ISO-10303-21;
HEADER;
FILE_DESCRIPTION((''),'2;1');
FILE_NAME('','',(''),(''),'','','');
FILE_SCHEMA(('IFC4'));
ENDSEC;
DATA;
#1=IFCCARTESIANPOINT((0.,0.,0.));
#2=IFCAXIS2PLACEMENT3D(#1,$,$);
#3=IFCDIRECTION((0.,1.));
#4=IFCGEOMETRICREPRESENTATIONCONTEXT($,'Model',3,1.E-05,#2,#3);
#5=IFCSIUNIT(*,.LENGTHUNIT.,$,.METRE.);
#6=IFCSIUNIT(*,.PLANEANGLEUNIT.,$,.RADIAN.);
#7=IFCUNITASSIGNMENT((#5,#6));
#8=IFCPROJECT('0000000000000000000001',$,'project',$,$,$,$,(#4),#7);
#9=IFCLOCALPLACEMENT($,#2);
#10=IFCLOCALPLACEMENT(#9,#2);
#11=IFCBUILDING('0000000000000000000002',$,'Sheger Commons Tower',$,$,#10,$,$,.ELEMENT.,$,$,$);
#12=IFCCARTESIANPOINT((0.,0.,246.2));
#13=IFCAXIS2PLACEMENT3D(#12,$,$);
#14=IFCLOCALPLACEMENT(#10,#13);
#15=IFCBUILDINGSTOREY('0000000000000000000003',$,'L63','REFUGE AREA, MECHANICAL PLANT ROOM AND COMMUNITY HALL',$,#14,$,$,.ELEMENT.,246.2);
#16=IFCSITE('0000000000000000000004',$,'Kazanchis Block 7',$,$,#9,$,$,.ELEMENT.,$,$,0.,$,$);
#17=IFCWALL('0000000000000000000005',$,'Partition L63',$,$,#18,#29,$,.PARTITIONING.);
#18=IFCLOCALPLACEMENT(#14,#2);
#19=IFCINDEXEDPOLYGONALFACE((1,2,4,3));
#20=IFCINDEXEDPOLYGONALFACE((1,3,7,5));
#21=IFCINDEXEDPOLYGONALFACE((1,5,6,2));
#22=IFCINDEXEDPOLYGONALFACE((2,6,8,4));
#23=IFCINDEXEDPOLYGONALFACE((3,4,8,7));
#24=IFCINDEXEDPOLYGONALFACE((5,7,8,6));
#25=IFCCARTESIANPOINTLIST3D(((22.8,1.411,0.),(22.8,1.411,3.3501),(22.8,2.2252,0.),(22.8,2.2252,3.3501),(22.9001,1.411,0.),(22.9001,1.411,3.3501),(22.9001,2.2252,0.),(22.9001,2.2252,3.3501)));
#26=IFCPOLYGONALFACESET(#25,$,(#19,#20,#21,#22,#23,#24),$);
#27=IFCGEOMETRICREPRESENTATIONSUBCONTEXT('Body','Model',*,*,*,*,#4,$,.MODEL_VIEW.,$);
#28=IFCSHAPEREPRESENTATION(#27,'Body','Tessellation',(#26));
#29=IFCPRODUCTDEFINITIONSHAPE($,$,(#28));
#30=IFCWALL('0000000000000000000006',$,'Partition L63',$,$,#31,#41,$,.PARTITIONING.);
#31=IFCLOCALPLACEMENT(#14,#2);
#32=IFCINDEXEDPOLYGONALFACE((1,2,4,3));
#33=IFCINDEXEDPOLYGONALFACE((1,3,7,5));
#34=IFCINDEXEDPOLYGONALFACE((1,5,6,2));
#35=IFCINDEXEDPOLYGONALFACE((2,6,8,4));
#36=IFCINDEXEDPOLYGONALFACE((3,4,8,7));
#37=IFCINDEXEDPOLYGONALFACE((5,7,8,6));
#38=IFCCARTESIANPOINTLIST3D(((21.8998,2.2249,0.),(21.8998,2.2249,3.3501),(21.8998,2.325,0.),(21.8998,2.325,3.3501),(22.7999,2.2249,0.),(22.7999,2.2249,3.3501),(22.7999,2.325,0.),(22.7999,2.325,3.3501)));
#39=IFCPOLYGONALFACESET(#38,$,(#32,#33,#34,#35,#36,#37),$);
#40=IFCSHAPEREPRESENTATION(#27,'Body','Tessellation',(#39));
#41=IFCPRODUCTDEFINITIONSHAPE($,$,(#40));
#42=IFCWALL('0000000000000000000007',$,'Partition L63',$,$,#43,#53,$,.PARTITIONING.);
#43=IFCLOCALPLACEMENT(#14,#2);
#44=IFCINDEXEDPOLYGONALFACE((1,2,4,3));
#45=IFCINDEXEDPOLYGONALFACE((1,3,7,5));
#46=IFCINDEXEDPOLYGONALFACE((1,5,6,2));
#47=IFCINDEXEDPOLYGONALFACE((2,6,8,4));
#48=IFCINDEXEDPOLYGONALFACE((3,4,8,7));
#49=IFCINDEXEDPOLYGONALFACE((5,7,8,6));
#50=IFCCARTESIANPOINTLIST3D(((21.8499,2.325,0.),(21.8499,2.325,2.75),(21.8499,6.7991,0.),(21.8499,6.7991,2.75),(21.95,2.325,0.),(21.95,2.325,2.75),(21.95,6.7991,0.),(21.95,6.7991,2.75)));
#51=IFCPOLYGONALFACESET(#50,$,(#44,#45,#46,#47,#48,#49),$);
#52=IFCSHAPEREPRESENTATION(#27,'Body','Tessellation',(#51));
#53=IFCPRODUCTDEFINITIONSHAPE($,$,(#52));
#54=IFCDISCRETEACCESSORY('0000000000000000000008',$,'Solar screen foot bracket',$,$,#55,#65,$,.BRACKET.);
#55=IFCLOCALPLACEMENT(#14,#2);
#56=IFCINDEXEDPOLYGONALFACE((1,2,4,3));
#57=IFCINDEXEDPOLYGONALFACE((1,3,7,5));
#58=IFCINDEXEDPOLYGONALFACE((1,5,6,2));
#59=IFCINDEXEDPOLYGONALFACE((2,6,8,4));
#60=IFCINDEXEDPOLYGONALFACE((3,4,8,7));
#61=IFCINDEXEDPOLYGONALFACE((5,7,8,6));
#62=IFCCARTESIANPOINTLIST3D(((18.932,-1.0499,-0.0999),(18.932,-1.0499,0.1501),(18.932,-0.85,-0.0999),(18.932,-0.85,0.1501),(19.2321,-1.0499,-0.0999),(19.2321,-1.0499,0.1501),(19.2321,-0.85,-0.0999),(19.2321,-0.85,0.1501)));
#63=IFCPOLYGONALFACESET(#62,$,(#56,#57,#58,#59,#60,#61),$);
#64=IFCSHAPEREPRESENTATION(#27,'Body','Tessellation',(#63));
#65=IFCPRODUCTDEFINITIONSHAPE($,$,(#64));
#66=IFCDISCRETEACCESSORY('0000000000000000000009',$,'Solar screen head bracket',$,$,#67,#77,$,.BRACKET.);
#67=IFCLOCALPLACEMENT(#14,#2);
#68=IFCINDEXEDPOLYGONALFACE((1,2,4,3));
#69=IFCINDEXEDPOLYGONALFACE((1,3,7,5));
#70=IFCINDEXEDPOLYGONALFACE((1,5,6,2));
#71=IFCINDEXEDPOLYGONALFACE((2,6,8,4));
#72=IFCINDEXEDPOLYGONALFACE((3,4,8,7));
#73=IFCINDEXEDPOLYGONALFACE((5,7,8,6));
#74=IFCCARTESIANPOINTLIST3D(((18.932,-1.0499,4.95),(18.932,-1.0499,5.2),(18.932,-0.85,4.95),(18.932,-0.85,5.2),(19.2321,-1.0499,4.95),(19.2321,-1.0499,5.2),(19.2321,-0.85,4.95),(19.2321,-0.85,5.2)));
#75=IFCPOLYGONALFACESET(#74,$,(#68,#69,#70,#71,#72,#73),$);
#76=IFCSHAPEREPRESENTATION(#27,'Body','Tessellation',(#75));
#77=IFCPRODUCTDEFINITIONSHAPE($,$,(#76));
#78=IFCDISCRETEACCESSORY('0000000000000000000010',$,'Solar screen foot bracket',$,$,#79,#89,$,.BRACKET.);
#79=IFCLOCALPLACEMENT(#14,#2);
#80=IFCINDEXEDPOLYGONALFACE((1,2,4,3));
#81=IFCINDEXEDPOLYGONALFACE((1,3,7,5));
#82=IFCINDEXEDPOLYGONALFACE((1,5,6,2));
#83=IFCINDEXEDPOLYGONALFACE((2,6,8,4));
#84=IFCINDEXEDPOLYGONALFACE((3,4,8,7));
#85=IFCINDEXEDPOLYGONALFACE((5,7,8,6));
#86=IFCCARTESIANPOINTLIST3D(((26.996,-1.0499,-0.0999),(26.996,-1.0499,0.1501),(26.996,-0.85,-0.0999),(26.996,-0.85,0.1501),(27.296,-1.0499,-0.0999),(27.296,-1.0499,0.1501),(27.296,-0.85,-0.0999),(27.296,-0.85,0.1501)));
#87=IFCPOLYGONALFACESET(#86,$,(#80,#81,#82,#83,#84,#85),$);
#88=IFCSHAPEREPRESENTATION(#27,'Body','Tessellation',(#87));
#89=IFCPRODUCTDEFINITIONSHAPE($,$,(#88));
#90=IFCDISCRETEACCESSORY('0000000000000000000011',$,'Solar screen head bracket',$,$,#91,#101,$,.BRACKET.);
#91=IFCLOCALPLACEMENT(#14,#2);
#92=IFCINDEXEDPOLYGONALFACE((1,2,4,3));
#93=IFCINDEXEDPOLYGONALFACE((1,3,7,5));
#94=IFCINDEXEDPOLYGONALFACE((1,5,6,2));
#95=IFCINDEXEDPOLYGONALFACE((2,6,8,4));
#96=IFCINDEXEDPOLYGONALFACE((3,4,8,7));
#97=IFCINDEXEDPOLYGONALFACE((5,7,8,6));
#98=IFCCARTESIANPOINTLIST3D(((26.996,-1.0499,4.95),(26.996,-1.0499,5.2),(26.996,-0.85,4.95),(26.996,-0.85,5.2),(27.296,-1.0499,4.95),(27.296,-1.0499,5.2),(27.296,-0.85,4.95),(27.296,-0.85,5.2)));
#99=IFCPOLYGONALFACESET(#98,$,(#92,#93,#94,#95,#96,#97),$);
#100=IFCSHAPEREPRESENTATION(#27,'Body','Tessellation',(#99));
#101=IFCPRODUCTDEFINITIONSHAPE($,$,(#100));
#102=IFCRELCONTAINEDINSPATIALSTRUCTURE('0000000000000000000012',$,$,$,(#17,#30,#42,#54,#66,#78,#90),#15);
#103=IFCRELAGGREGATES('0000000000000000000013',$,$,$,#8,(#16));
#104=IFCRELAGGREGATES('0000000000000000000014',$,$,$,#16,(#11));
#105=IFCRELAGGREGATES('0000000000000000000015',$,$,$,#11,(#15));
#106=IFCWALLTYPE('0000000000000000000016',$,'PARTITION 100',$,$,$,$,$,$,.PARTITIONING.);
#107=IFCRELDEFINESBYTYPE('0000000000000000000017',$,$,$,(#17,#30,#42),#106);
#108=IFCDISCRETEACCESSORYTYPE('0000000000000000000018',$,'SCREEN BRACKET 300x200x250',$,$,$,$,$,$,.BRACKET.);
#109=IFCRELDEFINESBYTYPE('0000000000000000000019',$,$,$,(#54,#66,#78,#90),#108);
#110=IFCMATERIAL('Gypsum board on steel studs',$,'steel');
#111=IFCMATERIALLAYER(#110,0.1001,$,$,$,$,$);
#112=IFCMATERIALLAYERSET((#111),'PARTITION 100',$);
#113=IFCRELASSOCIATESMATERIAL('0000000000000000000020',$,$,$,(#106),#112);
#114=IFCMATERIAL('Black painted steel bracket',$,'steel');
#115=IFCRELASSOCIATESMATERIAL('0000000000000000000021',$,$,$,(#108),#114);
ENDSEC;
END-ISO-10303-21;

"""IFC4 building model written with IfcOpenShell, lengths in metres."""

from ifc_helpers import new_model, si_unit, direction, frame, frame_2d, origin, origin_2d, place, context, subcontext, project, spatial, rectangle, extrude, material, layer, layer_set, type_object, element, save


model = new_model("IFC4")

# Units and contexts
model_context = context("Model", 3, precision=1e-05, world=origin(), true_north=direction((0.0, 1.0)))
body_context = subcontext(model_context, "Body", "Model", "MODEL_VIEW")
ifc_project = project(units=[si_unit("LENGTHUNIT", "METRE"), si_unit("PLANEANGLEUNIT", "RADIAN")], contexts=[model_context])

# Site, building, storey
site_placement = place(None, origin())
site = spatial("IfcSite", under=ifc_project, at=site_placement, Name="Kazanchis Block 7", CompositionType="ELEMENT", RefElevation=0.0)
building_placement = place(site_placement, origin())
building = spatial("IfcBuilding", under=site, at=building_placement, Name="Sheger Commons Tower", CompositionType="ELEMENT")
storey_placement = place(building_placement, frame((0.0, 0.0, 246.2)))
storey = spatial("IfcBuildingStorey", under=building, at=storey_placement, Name="L63", Description="REFUGE AREA, MECHANICAL PLANT ROOM AND COMMUNITY HALL", CompositionType="ELEMENT", Elevation=246.2)

# Walls
ifc_material_1 = material(Name="Gypsum board on steel studs", Category="steel")
ifc_layer_1 = layer(ifc_material_1, 0.1001)
ifc_layer_set_1 = layer_set([ifc_layer_1], Name="PARTITION 100")
wall_type_1 = type_object("IfcWallType", Name="PARTITION 100", PredefinedType="PARTITIONING", material=ifc_layer_set_1)
wall_1_placement = place(storey_placement, frame((22.8501, 1.4109, 0.0), z_axis=(0.0, 0.0, 1.0), x_axis=(0.0, 1.0, 0.0)))
element("IfcWall", 1, at=wall_1_placement, inside=storey, type_object=wall_type_1, Name="Partition L63", PredefinedType="PARTITIONING", context=body_context, shape_type="SweptSolid", body=[
    extrude(rectangle(XDim=0.8142, YDim=0.1001, at=frame_2d((0.4072, 0.0))), origin(), (0.0, 0.0, 1.0), 3.3501),
])
wall_2_placement = place(storey_placement, frame((22.8, 2.2749, 0.0), z_axis=(0.0, 0.0, 1.0), x_axis=(-1.0, 0.0, 0.0)))
element("IfcWall", 2, at=wall_2_placement, inside=storey, type_object=wall_type_1, Name="Partition L63", PredefinedType="PARTITIONING", context=body_context, shape_type="SweptSolid", body=[
    extrude(rectangle(XDim=0.9001, YDim=0.1001, at=frame_2d((0.4502, 0.0))), origin(), (0.0, 0.0, 1.0), 3.3501),
])
wall_3_placement = place(storey_placement, frame((21.8999, 2.325, 0.0), z_axis=(0.0, 0.0, 1.0), x_axis=(0.0, 1.0, 0.0)))
element("IfcWall", 3, at=wall_3_placement, inside=storey, type_object=wall_type_1, Name="Partition L63", PredefinedType="PARTITIONING", context=body_context, shape_type="SweptSolid", body=[
    extrude(rectangle(XDim=4.4741, YDim=0.1001, at=frame_2d((2.2371, 0.0))), origin(), (0.0, 0.0, 1.0), 2.75),
])

# Discrete accessories
ifc_material_2 = material(Name="Black painted steel bracket", Category="steel")
discrete_accessory_type = type_object("IfcDiscreteAccessoryType", Name="SCREEN BRACKET 300x200x250", PredefinedType="BRACKET", material=ifc_material_2)
for number, where, z_axis, x_axis, name in (
    (4, (19.082, -0.95, -0.0999), (0.0, 0.0, 1.0), (1.0, 0.0, 0.0), "Solar screen foot bracket"),
    (5, (19.082, -0.95, 4.95), (0.0, 0.0, 1.0), (1.0, 0.0, 0.0), "Solar screen head bracket"),
    (6, (27.146, -0.95, -0.0999), (0.0, 0.0, 1.0), (1.0, 0.0, 0.0), "Solar screen foot bracket"),
    (7, (27.146, -0.95, 4.95), (0.0, 0.0, 1.0), (1.0, 0.0, 0.0), "Solar screen head bracket"),
):
    element("IfcDiscreteAccessory", number, at=place(storey_placement, frame(where, z_axis=z_axis, x_axis=x_axis)), inside=storey, type_object=discrete_accessory_type, Name=name, PredefinedType="BRACKET", context=body_context, shape_type="SweptSolid", body=[
        extrude(rectangle(XDim=0.3, YDim=0.2, at=origin_2d()), origin(), (0.0, 0.0, 1.0), 0.25),
    ])

save(model, "model.ifc")
